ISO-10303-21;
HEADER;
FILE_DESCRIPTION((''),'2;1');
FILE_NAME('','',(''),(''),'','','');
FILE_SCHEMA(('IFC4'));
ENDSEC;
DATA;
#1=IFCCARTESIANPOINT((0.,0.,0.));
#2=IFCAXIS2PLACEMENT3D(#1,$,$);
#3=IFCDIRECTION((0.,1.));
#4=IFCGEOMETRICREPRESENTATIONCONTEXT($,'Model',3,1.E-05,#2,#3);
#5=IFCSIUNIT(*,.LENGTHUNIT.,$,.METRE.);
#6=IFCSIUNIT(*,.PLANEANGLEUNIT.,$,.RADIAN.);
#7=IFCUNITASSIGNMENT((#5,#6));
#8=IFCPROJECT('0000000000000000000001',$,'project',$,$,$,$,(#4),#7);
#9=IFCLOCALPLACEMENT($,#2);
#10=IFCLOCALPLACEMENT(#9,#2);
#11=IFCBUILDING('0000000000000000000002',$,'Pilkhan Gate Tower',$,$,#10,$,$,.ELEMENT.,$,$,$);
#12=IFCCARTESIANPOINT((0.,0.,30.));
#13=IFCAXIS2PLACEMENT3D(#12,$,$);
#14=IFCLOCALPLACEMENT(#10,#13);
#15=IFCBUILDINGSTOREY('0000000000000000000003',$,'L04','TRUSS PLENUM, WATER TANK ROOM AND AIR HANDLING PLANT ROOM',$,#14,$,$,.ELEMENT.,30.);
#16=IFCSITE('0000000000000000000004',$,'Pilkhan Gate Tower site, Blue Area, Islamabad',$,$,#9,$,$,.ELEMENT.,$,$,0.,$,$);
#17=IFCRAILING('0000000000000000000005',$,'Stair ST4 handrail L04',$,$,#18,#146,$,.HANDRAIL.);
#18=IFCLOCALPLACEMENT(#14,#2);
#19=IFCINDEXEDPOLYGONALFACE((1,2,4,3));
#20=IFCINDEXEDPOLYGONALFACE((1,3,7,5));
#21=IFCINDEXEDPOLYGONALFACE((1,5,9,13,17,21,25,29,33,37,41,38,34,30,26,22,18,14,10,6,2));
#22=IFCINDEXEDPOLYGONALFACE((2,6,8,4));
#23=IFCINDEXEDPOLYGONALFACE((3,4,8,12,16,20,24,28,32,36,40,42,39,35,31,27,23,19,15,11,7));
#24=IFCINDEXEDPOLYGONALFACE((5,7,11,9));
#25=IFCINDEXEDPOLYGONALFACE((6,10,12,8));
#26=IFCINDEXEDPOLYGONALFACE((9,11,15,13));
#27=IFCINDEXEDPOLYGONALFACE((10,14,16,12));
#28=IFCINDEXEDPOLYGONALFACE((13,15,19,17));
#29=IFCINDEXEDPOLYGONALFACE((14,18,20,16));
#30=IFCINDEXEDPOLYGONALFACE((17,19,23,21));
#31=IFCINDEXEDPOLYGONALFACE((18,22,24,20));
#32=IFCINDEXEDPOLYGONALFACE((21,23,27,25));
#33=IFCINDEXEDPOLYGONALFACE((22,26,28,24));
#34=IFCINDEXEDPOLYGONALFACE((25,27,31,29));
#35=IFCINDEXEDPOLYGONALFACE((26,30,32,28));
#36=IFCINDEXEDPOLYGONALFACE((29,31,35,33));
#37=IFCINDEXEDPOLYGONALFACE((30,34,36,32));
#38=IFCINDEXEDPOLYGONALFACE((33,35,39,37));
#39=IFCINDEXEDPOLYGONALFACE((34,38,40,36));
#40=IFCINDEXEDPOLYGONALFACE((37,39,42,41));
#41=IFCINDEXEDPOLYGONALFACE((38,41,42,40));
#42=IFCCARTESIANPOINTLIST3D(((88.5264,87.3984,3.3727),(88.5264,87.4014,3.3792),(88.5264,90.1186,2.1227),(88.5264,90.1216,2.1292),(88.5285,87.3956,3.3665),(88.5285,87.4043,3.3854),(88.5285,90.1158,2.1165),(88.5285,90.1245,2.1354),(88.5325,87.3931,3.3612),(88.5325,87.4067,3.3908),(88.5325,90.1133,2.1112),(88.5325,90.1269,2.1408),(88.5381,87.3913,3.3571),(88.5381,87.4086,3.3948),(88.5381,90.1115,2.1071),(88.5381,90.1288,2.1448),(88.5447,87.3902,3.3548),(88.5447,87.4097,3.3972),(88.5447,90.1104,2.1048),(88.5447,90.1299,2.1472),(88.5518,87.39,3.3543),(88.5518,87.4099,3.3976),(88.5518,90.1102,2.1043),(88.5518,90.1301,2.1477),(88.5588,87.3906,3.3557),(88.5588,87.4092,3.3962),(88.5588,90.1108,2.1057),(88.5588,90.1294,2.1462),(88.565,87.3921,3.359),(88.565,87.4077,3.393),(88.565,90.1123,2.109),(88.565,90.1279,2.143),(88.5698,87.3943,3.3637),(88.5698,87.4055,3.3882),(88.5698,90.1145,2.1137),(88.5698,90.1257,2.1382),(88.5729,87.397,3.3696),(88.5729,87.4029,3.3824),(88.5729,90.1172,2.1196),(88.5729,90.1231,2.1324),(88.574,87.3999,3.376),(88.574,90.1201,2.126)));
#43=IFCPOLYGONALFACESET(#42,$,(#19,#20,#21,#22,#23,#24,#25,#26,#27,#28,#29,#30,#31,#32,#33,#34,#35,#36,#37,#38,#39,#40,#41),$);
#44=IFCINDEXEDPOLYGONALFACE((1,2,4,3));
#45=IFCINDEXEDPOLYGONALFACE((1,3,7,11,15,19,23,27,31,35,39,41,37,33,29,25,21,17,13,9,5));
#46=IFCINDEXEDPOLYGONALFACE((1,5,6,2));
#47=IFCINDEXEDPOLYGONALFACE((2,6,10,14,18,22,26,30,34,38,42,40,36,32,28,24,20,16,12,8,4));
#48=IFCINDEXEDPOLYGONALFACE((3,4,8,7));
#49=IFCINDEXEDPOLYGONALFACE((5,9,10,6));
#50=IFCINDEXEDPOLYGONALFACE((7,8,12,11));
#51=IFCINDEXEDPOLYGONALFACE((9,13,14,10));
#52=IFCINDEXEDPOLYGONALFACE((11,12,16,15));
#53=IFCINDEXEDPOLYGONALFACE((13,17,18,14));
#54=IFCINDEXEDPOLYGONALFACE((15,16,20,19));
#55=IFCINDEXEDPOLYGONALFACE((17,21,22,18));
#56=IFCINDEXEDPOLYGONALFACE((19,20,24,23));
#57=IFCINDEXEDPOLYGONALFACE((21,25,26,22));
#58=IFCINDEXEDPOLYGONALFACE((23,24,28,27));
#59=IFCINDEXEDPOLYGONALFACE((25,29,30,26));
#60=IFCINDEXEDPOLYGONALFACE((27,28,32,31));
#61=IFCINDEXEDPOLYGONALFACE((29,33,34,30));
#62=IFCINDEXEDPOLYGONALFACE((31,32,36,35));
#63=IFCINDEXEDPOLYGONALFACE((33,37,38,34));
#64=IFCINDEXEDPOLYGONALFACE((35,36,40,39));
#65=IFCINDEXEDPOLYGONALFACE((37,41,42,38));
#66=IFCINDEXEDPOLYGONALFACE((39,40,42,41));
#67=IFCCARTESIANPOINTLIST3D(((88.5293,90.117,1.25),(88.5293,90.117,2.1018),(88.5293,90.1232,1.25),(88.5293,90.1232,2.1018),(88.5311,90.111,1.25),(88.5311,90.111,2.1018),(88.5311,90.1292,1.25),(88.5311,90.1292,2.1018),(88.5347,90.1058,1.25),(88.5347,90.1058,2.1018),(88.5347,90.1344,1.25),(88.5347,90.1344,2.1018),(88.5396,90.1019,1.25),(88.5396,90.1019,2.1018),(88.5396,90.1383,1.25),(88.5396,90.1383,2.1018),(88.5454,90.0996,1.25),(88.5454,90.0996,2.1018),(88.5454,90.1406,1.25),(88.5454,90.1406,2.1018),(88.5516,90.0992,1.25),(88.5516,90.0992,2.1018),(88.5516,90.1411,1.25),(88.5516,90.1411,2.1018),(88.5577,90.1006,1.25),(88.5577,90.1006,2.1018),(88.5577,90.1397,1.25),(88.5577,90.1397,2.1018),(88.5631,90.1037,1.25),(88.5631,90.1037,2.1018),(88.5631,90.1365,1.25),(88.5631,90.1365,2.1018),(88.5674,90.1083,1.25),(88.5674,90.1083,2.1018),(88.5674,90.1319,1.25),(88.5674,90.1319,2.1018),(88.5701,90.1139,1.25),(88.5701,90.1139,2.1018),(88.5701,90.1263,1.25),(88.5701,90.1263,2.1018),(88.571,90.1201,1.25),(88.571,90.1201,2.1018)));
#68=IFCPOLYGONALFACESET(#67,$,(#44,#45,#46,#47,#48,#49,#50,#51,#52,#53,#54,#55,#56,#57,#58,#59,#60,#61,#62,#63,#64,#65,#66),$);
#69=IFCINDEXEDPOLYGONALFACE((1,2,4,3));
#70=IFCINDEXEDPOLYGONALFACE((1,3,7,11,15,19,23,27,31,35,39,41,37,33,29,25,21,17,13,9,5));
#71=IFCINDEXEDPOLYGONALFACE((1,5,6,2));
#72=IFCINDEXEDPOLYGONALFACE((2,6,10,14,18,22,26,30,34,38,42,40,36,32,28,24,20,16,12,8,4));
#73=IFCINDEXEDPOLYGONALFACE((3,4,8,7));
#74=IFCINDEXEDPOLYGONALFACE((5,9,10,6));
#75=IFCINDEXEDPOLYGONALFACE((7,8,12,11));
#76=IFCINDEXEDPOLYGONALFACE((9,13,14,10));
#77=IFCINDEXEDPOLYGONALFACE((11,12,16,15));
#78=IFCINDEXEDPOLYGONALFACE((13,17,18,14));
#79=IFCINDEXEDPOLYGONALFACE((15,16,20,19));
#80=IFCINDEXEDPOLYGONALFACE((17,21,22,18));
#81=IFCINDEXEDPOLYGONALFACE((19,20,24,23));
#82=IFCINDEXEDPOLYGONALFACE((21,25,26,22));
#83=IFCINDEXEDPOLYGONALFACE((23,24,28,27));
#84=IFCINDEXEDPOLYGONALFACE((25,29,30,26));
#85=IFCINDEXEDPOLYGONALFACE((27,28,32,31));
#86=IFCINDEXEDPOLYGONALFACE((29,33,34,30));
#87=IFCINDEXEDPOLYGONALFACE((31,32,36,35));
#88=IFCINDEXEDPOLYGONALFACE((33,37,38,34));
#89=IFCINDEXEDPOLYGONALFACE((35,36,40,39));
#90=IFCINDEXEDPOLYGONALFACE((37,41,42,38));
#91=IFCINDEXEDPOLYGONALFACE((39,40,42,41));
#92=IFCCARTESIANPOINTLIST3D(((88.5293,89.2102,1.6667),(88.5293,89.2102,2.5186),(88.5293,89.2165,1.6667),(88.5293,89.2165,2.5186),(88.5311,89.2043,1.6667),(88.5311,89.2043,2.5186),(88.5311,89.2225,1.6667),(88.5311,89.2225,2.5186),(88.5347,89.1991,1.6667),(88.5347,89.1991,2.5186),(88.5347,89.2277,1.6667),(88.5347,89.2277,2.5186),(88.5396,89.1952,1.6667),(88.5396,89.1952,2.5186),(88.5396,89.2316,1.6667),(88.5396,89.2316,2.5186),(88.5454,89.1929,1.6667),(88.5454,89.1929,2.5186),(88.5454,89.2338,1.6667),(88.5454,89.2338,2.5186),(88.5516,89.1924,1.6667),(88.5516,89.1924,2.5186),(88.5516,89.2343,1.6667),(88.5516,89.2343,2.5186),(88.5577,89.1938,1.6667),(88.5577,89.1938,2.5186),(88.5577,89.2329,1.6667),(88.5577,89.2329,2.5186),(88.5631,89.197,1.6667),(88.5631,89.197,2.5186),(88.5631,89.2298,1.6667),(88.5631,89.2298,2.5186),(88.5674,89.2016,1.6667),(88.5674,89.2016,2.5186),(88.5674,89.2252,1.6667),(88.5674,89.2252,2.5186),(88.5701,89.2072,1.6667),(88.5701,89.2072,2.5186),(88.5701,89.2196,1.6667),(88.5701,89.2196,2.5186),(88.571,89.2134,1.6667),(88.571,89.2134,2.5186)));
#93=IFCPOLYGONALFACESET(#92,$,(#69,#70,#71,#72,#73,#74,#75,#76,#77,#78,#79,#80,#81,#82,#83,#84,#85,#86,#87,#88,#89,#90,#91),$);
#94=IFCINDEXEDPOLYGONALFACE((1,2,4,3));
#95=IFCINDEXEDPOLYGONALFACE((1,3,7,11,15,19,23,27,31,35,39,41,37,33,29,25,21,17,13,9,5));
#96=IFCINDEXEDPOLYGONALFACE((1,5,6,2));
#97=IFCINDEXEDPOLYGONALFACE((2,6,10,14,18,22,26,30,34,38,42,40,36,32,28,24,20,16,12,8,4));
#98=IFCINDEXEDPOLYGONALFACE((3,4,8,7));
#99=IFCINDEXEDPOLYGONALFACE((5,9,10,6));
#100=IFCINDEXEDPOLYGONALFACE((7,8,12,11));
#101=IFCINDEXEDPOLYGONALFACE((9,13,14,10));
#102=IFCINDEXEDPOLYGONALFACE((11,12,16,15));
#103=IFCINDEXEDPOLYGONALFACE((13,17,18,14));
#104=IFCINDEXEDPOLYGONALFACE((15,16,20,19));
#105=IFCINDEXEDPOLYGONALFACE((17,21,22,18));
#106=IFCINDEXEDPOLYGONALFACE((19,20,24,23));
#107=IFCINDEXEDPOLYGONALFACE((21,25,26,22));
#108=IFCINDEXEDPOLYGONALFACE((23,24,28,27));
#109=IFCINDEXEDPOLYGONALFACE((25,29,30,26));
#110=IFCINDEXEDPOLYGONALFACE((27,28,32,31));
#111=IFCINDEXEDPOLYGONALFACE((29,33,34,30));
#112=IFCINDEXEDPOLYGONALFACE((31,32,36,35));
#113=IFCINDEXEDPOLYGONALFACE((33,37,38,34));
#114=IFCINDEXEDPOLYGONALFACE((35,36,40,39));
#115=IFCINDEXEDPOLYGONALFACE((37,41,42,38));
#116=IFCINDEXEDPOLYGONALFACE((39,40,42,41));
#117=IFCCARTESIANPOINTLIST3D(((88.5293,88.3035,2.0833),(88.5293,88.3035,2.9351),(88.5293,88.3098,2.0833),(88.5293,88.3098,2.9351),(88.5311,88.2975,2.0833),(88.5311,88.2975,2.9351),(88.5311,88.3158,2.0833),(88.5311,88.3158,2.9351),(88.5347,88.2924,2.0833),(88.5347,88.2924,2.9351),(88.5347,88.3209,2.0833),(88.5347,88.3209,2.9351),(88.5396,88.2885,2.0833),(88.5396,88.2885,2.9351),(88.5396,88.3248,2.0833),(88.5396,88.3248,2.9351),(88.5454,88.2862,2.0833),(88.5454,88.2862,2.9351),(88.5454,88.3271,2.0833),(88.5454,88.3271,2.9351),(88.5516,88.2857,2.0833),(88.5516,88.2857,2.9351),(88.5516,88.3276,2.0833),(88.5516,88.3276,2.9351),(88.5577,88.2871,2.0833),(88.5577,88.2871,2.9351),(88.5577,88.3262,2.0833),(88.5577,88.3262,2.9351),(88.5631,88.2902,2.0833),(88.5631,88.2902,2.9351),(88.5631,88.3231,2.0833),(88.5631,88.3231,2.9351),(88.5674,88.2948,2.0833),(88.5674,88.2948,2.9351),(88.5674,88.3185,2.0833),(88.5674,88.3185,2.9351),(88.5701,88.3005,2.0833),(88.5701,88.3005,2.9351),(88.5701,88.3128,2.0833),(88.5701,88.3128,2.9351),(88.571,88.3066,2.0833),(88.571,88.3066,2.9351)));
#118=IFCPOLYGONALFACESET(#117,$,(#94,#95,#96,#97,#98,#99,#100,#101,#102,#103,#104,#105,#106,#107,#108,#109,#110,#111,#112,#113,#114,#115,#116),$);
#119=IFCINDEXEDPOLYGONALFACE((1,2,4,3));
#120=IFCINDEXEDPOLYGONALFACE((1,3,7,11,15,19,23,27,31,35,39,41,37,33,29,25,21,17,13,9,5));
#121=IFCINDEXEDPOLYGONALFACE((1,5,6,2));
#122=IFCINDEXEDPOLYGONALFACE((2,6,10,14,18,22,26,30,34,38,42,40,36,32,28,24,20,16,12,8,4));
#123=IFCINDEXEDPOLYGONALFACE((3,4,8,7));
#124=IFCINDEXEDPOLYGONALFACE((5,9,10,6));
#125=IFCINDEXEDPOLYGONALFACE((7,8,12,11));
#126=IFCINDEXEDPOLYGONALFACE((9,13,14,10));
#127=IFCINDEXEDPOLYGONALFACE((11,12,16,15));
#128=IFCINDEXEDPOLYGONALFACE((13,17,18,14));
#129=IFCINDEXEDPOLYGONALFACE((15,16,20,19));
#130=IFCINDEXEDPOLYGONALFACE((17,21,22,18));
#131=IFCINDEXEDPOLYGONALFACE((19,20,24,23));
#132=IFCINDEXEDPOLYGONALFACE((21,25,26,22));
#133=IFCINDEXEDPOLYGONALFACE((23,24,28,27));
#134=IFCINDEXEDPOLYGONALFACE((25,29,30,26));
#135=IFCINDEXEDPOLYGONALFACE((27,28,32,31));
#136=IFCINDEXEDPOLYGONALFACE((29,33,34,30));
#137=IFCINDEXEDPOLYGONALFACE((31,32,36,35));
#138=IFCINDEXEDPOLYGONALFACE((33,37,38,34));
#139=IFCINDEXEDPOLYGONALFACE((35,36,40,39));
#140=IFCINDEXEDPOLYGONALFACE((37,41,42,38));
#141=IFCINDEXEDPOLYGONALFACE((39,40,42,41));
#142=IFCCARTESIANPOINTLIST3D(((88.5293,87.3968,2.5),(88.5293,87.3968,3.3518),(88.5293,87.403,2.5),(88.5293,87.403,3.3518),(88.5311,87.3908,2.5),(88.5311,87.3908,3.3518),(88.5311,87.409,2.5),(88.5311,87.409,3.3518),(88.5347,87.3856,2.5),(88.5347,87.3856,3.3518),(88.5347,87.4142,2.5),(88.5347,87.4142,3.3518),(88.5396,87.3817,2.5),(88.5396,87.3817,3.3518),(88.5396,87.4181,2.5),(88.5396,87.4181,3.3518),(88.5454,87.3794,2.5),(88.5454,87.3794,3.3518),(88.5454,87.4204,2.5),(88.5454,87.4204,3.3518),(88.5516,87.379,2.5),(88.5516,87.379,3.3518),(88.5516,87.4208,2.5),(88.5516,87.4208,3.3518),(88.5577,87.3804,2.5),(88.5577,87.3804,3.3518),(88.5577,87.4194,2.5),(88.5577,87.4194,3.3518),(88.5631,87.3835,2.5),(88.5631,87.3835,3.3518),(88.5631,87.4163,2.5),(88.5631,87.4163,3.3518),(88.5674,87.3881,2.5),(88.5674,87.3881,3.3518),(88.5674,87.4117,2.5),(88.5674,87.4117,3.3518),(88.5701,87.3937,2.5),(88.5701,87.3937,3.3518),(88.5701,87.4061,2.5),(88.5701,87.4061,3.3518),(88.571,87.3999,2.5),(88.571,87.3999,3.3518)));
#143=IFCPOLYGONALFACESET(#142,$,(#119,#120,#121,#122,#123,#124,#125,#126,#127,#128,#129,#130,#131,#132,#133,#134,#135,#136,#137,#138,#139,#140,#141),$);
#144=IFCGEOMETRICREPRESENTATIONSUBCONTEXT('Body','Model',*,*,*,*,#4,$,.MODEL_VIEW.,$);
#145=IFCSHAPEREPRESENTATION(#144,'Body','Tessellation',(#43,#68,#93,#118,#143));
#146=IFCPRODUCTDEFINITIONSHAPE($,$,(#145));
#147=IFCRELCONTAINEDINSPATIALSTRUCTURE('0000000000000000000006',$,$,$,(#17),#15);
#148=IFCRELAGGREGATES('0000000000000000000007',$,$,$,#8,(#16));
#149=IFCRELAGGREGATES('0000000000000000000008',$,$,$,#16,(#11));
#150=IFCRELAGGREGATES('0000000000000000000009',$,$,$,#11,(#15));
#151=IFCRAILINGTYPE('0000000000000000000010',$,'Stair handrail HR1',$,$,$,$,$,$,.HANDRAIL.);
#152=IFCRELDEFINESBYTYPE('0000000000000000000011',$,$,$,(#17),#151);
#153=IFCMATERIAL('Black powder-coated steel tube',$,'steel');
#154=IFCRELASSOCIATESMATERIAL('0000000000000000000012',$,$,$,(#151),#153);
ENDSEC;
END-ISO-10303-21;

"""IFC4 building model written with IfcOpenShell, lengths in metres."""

from ifc_helpers import new_model, si_unit, direction, frame, origin, origin_2d, place, context, subcontext, project, spatial, circle, extrude, material, type_object, element, save


model = new_model("IFC4")

# Units and contexts
model_context = context("Model", 3, precision=1e-05, world=origin(), true_north=direction((0.0, 1.0)))
body_context = subcontext(model_context, "Body", "Model", "MODEL_VIEW")
ifc_project = project(units=[si_unit("LENGTHUNIT", "METRE"), si_unit("PLANEANGLEUNIT", "RADIAN")], contexts=[model_context])

# Site, building, storey
site_placement = place(None, origin())
site = spatial("IfcSite", under=ifc_project, at=site_placement, Name="Pilkhan Gate Tower site, Blue Area, Islamabad", CompositionType="ELEMENT", RefElevation=0.0)
building_placement = place(site_placement, origin())
building = spatial("IfcBuilding", under=site, at=building_placement, Name="Pilkhan Gate Tower", CompositionType="ELEMENT")
storey_placement = place(building_placement, frame((0.0, 0.0, 30.0)))
storey = spatial("IfcBuildingStorey", under=building, at=storey_placement, Name="L04", Description="TRUSS PLENUM, WATER TANK ROOM AND AIR HANDLING PLANT ROOM", CompositionType="ELEMENT", Elevation=30.0)

# Railing
ifc_material_1 = material(Name="Black powder-coated steel tube", Category="steel")
railing_type_1 = type_object("IfcRailingType", Name="Stair handrail HR1", PredefinedType="HANDRAIL", material=ifc_material_1)
railing_1_placement = place(storey_placement, frame((88.55, 90.1201, 1.25)))
element("IfcRailing", 1, at=railing_1_placement, inside=storey, type_object=railing_type_1, Name="Stair ST4 handrail L04", PredefinedType="HANDRAIL", context=body_context, shape_type="SweptSolid", body=[
    extrude(circle(Radius=0.0239, at=origin_2d()), frame((0.0, 0.0, 0.876), z_axis=(0.0, -0.908655, 0.417547), x_axis=(1.0, 0.0, 0.0)), (0.0, 0.0, 1.0), 2.9937),
    extrude(circle(Radius=0.021, at=origin_2d()), origin(), (0.0, 0.0, 1.0), 0.8518),
    extrude(circle(Radius=0.021, at=origin_2d()), frame((0.0, -0.9067, 0.4167)), (0.0, 0.0, 1.0), 0.8518),
    extrude(circle(Radius=0.021, at=origin_2d()), frame((0.0, -1.8135, 0.8333)), (0.0, 0.0, 1.0), 0.8518),
    extrude(circle(Radius=0.021, at=origin_2d()), frame((0.0, -2.7202, 1.25)), (0.0, 0.0, 1.0), 0.8518),
])

save(model, "model.ifc")
